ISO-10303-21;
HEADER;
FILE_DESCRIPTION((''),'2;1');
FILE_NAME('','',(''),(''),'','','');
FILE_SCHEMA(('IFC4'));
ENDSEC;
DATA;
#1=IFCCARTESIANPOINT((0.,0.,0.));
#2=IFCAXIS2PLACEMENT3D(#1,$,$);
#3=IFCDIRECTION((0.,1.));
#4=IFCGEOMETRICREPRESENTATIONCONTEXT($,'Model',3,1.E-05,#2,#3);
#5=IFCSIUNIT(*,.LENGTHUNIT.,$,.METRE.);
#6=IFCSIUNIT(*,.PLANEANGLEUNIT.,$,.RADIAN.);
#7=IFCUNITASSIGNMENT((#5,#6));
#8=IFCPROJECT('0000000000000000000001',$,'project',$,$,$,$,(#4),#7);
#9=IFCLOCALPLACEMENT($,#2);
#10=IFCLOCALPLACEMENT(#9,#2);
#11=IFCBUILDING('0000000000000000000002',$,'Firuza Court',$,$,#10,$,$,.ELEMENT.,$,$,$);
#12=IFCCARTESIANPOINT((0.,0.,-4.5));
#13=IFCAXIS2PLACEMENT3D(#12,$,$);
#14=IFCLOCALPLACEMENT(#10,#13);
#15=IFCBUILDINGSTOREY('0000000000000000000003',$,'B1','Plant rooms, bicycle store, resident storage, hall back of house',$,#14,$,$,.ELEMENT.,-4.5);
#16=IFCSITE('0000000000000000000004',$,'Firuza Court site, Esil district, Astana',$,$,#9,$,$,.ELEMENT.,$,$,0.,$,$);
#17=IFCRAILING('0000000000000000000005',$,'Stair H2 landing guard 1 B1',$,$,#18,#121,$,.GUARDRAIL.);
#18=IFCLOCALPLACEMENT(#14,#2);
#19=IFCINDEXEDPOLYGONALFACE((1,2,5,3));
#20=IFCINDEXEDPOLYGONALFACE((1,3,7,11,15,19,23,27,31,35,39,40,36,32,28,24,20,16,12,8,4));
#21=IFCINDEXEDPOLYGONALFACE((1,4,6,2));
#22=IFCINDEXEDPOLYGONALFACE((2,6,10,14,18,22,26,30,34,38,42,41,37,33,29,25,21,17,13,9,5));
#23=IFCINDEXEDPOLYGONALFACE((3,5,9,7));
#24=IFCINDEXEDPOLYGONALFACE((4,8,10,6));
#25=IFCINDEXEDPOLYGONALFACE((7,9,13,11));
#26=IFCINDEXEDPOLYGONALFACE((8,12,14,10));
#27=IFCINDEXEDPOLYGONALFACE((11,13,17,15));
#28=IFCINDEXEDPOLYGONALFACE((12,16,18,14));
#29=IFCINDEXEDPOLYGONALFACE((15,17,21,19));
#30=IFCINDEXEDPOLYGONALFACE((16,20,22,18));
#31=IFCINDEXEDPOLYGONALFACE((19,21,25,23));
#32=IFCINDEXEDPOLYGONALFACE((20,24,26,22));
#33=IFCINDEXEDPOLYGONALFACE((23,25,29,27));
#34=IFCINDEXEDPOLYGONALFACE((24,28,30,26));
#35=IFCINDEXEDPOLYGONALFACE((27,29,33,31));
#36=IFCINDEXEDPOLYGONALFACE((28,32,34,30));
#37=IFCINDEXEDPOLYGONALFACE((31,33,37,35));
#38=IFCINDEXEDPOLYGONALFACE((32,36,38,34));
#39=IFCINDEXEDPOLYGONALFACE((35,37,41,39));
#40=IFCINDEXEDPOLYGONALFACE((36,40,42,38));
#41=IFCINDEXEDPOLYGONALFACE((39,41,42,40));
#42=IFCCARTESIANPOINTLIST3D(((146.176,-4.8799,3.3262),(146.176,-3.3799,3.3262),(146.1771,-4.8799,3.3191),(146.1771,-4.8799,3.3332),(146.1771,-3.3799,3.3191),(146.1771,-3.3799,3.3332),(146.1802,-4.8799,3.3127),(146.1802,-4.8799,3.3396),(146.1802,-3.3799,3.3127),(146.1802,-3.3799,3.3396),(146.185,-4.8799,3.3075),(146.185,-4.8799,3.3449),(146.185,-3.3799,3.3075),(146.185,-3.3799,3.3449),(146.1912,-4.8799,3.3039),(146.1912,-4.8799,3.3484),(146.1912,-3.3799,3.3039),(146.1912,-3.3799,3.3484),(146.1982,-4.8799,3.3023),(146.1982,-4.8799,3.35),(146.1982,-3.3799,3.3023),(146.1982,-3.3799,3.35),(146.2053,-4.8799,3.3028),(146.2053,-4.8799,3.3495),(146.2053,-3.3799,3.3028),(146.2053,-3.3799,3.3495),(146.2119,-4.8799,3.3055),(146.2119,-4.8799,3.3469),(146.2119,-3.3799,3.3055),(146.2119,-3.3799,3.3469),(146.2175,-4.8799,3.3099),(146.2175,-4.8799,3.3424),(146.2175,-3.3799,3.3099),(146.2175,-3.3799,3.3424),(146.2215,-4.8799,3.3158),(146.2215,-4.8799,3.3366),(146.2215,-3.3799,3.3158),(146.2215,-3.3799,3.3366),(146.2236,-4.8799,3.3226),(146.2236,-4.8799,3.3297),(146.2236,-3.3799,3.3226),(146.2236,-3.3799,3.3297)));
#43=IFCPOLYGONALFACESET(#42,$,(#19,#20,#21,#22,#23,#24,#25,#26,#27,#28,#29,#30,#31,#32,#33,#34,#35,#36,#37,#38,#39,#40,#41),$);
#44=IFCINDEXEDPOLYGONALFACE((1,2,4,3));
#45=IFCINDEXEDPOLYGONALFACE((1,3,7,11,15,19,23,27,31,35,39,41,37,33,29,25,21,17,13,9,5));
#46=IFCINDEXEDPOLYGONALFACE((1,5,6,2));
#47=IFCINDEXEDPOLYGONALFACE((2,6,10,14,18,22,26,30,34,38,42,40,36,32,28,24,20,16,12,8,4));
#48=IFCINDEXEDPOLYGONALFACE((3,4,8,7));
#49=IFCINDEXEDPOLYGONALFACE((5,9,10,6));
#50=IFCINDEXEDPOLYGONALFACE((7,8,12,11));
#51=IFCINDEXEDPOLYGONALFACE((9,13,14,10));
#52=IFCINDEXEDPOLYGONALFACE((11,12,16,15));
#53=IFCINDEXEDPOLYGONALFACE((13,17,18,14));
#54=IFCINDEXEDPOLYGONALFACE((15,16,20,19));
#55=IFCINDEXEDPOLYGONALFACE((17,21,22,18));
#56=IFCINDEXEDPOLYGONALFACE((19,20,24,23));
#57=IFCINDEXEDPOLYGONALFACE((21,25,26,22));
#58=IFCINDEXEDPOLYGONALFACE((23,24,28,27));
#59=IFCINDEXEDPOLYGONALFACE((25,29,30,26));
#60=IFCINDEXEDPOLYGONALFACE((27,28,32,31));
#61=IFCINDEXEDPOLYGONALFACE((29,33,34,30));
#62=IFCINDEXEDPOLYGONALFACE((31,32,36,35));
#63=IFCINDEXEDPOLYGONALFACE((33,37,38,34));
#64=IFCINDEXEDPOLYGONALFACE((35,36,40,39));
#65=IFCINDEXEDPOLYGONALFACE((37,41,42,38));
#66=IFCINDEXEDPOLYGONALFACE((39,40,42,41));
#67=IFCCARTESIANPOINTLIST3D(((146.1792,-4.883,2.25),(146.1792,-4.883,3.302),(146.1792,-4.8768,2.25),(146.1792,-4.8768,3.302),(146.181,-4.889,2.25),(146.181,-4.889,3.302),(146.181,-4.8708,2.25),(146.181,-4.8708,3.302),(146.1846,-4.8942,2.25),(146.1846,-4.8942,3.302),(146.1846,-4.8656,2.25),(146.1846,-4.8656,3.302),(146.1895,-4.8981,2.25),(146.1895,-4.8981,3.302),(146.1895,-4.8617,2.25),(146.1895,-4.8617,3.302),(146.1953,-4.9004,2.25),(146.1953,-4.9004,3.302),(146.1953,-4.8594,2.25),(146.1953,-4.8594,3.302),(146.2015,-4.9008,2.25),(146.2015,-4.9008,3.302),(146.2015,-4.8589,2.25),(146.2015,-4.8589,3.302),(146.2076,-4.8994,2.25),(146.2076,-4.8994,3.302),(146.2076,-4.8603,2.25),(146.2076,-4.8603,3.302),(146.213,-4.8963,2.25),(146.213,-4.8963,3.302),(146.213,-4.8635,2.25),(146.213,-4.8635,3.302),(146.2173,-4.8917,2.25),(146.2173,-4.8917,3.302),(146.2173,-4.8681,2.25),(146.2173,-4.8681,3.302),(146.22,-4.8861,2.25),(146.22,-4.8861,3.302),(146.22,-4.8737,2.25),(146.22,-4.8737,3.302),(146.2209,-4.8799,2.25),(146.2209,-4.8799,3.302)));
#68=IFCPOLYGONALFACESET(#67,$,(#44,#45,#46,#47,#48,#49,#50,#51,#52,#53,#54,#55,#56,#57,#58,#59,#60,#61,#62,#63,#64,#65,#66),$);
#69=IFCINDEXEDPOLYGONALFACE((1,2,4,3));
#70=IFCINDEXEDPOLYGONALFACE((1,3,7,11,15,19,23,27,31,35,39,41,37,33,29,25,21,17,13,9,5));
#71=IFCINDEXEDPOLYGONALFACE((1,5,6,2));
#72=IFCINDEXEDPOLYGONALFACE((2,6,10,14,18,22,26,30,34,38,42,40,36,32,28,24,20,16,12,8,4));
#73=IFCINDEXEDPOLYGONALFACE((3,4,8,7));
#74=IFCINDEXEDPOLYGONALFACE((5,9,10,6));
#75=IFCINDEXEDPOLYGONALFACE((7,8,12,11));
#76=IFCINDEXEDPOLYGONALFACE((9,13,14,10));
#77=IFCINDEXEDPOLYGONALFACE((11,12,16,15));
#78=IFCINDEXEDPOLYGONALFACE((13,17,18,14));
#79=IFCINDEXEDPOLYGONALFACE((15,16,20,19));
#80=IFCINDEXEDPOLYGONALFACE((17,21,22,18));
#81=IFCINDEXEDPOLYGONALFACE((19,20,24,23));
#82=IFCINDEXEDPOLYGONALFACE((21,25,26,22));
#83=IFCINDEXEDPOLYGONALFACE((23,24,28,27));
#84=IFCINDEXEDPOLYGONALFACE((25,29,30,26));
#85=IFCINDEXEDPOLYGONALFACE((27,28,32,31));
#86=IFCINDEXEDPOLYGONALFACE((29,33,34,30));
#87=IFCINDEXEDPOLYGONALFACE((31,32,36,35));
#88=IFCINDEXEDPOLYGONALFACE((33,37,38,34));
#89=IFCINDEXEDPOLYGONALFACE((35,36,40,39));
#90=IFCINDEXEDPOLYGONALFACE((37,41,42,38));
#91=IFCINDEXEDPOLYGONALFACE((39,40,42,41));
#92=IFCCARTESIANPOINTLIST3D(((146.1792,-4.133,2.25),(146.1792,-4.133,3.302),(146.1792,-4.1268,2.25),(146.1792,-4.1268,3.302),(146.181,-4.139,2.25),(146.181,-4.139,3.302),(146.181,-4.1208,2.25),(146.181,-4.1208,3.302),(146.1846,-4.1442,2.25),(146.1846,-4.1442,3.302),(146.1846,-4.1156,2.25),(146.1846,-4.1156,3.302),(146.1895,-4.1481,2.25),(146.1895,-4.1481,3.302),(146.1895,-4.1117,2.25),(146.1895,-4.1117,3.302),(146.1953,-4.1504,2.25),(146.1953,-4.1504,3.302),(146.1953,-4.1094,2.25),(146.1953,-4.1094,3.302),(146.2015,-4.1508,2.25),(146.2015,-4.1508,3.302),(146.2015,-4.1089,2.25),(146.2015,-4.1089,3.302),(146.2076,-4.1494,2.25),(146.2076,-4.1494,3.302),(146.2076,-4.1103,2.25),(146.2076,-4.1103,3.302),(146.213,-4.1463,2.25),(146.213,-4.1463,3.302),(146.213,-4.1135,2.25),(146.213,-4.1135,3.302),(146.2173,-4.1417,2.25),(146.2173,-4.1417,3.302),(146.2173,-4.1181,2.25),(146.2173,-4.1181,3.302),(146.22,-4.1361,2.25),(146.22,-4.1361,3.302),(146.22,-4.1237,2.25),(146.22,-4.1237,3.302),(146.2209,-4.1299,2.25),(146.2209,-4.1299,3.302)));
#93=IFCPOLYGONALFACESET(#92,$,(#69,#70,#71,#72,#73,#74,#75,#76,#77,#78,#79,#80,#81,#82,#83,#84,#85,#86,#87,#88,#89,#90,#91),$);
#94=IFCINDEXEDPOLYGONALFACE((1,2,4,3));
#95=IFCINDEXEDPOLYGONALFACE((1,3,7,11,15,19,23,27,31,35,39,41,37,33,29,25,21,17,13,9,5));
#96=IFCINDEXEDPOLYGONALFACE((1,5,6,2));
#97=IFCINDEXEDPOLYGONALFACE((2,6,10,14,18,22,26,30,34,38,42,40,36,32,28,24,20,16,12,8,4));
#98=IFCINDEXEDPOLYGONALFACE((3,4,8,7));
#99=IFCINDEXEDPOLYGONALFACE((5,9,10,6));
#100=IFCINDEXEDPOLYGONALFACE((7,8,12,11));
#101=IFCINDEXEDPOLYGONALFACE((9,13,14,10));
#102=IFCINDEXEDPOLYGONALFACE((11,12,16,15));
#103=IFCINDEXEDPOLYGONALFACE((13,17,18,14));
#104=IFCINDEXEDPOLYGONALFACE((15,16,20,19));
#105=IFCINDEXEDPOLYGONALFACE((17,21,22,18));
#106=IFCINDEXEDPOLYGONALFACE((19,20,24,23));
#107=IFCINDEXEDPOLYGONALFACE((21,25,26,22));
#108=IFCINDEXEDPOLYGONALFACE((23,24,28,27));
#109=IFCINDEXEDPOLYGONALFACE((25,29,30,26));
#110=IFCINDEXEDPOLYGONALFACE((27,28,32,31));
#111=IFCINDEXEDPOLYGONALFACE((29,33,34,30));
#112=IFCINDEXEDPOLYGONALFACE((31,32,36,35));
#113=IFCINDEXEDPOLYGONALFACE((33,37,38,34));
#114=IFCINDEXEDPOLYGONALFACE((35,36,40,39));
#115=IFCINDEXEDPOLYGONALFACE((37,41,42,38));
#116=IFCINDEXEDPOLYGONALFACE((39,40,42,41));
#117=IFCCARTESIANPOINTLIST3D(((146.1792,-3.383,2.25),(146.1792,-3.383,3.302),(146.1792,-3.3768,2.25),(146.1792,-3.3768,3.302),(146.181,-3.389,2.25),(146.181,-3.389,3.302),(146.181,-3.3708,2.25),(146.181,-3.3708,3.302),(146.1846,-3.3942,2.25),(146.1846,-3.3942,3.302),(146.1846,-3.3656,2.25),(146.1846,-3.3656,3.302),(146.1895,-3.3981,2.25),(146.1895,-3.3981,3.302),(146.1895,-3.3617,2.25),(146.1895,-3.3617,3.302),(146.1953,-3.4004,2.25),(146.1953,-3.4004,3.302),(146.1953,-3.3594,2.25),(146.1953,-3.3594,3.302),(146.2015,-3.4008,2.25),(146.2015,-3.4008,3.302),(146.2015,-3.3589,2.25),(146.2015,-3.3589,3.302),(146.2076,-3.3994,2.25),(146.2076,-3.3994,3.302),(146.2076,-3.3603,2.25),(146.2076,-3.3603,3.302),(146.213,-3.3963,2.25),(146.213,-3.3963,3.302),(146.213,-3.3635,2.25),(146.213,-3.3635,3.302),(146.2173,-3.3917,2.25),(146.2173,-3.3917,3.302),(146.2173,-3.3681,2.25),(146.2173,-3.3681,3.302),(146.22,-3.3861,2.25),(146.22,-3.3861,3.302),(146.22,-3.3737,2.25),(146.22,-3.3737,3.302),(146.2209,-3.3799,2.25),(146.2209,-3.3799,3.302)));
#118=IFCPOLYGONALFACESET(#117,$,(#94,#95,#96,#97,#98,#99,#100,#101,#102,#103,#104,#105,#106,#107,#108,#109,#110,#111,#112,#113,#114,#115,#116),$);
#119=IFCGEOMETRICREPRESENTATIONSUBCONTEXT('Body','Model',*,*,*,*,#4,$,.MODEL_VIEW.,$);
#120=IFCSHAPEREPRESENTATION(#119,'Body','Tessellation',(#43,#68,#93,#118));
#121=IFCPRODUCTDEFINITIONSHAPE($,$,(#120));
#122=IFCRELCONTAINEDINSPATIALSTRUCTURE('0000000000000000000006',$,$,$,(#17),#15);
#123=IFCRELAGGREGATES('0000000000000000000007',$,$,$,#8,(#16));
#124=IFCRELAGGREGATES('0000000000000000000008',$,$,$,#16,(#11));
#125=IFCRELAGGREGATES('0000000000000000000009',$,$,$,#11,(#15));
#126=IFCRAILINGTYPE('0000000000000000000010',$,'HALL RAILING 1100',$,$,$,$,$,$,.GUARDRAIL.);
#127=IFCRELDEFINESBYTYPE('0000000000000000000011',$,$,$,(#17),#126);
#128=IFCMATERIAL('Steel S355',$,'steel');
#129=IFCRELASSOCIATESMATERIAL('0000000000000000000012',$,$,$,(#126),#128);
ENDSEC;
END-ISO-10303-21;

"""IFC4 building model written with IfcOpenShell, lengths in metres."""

from ifc_helpers import new_model, si_unit, direction, frame, origin, origin_2d, place, context, subcontext, project, spatial, circle, extrude, material, type_object, element, save


model = new_model("IFC4")

# Units and contexts
model_context = context("Model", 3, precision=1e-05, world=origin(), true_north=direction((0.0, 1.0)))
body_context = subcontext(model_context, "Body", "Model", "MODEL_VIEW")
ifc_project = project(units=[si_unit("LENGTHUNIT", "METRE"), si_unit("PLANEANGLEUNIT", "RADIAN")], contexts=[model_context])

# Site, building, storey
site_placement = place(None, origin())
site = spatial("IfcSite", under=ifc_project, at=site_placement, Name="Firuza Court site, Esil district, Astana", CompositionType="ELEMENT", RefElevation=0.0)
building_placement = place(site_placement, origin())
building = spatial("IfcBuilding", under=site, at=building_placement, Name="Firuza Court", CompositionType="ELEMENT")
storey_placement = place(building_placement, frame((0.0, 0.0, -4.5)))
storey = spatial("IfcBuildingStorey", under=building, at=storey_placement, Name="B1", Description="Plant rooms, bicycle store, resident storage, hall back of house", CompositionType="ELEMENT", Elevation=-4.5)

# Railing
ifc_material_1 = material(Name="Steel S355", Category="steel")
railing_type_1 = type_object("IfcRailingType", Name="HALL RAILING 1100", PredefinedType="GUARDRAIL", material=ifc_material_1)
railing_1_placement = place(storey_placement, frame((146.2, -4.8799, 2.25)))
element("IfcRailing", 1, at=railing_1_placement, inside=storey, type_object=railing_type_1, Name="Stair H2 landing guard 1 B1", PredefinedType="GUARDRAIL", context=body_context, shape_type="SweptSolid", body=[
    extrude(circle(Radius=0.0239, at=origin_2d()), frame((0.0, 0.0, 1.0762), z_axis=(0.0, 1.0, 0.0), x_axis=(-1.0, 0.0, 0.0)), (0.0, 0.0, 1.0), 1.5),
    extrude(circle(Radius=0.021, at=origin_2d()), origin(), (0.0, 0.0, 1.0), 1.052),
    extrude(circle(Radius=0.021, at=origin_2d()), frame((0.0, 0.75, 0.0)), (0.0, 0.0, 1.0), 1.052),
    extrude(circle(Radius=0.021, at=origin_2d()), frame((0.0, 1.5, 0.0)), (0.0, 0.0, 1.0), 1.052),
])

save(model, "model.ifc")
